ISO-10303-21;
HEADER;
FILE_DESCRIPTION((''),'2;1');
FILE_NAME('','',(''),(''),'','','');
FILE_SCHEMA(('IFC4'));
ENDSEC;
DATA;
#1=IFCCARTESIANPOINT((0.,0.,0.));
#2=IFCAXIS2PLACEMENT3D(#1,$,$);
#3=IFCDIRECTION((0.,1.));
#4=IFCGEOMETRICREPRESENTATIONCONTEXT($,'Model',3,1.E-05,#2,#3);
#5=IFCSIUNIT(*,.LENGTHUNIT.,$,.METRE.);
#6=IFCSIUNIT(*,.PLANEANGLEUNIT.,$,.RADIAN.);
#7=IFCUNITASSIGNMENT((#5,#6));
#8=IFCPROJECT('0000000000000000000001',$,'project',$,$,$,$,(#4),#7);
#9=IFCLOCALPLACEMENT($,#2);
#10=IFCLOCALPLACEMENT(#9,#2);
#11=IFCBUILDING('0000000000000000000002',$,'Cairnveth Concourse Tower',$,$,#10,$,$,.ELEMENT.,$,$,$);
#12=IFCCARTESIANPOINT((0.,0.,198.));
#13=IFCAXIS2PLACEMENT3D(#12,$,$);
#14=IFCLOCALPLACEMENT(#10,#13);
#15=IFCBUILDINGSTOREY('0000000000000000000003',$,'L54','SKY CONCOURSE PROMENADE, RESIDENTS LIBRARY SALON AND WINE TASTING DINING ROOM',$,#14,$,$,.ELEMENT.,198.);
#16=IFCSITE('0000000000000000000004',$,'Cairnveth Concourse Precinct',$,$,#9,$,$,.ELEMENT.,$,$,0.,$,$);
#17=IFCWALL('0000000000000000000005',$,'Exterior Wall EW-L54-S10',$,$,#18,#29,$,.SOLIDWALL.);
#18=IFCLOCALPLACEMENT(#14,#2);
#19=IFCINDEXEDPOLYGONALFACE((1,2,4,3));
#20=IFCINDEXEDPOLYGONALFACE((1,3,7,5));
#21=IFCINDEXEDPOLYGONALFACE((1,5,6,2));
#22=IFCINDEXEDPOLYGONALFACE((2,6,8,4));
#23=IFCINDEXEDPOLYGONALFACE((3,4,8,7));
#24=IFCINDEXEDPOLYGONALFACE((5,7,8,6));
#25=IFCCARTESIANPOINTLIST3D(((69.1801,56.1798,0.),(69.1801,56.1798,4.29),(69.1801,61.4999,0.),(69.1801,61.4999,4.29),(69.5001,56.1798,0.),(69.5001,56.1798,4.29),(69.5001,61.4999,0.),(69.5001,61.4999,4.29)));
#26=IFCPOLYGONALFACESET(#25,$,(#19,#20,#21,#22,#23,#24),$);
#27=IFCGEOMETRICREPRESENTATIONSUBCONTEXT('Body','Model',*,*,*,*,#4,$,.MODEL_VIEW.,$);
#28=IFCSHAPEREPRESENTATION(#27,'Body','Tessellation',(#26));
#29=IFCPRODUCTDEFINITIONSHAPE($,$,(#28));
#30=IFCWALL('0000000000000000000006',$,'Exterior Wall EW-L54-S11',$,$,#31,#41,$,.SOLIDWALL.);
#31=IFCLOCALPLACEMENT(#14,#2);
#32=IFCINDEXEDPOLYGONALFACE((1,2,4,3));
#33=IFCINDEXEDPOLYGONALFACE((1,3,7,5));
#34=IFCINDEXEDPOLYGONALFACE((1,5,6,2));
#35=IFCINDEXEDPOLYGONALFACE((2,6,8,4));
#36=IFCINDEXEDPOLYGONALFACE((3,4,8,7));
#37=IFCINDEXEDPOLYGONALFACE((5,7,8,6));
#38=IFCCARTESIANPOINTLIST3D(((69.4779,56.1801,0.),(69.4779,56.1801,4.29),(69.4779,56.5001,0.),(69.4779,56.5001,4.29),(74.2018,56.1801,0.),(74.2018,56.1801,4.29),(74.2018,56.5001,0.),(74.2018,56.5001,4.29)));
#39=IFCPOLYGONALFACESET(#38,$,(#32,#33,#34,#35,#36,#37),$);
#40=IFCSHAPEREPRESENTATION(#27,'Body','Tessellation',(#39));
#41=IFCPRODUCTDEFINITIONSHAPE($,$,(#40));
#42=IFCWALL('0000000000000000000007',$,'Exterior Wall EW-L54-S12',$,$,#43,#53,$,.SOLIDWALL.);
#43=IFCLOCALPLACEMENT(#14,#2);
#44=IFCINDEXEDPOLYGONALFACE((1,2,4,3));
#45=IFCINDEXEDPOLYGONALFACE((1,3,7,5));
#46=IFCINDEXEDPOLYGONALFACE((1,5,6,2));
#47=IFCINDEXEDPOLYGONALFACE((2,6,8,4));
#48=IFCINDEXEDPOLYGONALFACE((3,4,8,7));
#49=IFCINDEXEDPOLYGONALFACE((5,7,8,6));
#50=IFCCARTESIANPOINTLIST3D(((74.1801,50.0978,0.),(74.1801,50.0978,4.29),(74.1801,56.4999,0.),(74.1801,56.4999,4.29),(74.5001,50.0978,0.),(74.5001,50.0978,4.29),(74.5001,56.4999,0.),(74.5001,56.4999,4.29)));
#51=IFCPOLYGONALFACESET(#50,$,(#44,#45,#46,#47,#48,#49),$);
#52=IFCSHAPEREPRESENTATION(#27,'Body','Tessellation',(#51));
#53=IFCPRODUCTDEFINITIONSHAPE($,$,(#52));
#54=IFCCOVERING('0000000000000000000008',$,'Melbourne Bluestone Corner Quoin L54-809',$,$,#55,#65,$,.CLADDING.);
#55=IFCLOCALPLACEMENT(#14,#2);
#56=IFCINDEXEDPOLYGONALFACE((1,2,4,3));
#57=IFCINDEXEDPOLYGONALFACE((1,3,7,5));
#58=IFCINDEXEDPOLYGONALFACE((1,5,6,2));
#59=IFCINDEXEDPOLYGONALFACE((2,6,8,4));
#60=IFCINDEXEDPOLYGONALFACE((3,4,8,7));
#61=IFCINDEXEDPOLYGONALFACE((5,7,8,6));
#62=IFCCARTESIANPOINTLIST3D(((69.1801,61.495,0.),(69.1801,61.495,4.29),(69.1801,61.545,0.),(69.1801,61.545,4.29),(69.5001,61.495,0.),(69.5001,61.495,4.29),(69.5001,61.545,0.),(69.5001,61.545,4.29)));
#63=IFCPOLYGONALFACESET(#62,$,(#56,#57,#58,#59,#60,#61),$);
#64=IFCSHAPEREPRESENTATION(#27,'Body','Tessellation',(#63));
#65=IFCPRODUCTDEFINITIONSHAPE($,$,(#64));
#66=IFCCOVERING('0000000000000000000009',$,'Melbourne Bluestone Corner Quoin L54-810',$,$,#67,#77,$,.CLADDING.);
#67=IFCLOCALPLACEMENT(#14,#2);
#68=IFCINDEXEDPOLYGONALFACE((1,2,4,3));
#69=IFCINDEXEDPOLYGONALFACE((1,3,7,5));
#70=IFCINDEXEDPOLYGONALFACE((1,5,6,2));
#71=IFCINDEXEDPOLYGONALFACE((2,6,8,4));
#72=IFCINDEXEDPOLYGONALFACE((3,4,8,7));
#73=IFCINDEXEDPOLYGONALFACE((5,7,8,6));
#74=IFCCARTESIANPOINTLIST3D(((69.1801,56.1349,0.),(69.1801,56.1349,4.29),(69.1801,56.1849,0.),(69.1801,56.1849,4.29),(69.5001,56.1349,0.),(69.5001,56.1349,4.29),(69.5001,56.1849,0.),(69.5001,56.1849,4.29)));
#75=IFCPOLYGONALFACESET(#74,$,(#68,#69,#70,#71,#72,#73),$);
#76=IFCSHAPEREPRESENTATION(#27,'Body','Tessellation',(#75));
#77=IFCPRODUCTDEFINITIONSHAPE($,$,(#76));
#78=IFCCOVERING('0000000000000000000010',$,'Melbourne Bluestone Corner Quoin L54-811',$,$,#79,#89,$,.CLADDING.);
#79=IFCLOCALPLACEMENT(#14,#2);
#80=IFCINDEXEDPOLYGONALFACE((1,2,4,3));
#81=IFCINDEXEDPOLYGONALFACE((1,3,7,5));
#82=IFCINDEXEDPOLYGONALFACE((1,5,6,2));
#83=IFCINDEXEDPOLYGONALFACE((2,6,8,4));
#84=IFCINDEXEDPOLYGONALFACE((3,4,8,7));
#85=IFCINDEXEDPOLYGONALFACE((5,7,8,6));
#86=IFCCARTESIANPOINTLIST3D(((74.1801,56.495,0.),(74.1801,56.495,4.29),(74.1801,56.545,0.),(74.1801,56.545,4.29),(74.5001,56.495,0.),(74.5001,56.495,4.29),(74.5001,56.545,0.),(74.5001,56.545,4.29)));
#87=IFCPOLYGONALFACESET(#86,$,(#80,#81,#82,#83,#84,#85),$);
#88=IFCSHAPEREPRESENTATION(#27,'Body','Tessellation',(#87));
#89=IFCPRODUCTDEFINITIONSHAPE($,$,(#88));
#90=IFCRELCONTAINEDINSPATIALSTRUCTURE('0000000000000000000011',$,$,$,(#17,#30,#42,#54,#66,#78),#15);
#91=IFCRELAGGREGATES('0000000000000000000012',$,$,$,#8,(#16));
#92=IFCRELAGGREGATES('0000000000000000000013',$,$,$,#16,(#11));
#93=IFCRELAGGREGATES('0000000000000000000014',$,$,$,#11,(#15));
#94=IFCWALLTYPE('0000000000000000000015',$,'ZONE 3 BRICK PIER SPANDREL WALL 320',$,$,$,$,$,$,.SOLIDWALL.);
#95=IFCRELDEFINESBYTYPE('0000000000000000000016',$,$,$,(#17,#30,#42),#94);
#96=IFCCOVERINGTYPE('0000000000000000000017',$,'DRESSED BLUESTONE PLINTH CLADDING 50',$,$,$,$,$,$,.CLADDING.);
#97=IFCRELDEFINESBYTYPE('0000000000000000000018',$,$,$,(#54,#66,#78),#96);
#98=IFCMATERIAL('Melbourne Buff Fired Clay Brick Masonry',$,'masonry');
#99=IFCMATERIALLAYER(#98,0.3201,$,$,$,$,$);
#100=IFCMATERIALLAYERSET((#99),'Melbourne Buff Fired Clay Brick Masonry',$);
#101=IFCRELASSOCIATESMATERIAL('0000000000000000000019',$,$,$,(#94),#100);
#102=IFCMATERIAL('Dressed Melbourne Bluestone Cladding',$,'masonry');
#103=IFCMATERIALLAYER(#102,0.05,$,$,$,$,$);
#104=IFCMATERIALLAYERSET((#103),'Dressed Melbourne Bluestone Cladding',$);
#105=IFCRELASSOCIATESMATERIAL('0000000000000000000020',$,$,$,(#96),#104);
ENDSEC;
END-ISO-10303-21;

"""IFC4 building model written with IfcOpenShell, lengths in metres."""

from ifc_helpers import new_model, si_unit, direction, frame, frame_2d, origin, place, context, subcontext, project, spatial, rectangle, extrude, material, layer, layer_set, type_object, element, save


model = new_model("IFC4")

# Units and contexts
model_context = context("Model", 3, precision=1e-05, world=origin(), true_north=direction((0.0, 1.0)))
body_context = subcontext(model_context, "Body", "Model", "MODEL_VIEW")
ifc_project = project(units=[si_unit("LENGTHUNIT", "METRE"), si_unit("PLANEANGLEUNIT", "RADIAN")], contexts=[model_context])

# Site, building, storey
site_placement = place(None, origin())
site = spatial("IfcSite", under=ifc_project, at=site_placement, Name="Cairnveth Concourse Precinct", CompositionType="ELEMENT", RefElevation=0.0)
building_placement = place(site_placement, origin())
building = spatial("IfcBuilding", under=site, at=building_placement, Name="Cairnveth Concourse Tower", CompositionType="ELEMENT")
storey_placement = place(building_placement, frame((0.0, 0.0, 198.0)))
storey = spatial("IfcBuildingStorey", under=building, at=storey_placement, Name="L54", Description="SKY CONCOURSE PROMENADE, RESIDENTS LIBRARY SALON AND WINE TASTING DINING ROOM", CompositionType="ELEMENT", Elevation=198.0)

# Walls
ifc_material_1 = material(Name="Melbourne Buff Fired Clay Brick Masonry", Category="masonry")
ifc_layer_1 = layer(ifc_material_1, 0.3201)
ifc_layer_set_1 = layer_set([ifc_layer_1], Name="Melbourne Buff Fired Clay Brick Masonry")
wall_type_1 = type_object("IfcWallType", Name="ZONE 3 BRICK PIER SPANDREL WALL 320", PredefinedType="SOLIDWALL", material=ifc_layer_set_1)
wall_1_placement = place(storey_placement, frame((69.3401, 61.5, 0.0), z_axis=(0.0, 0.0, 1.0), x_axis=(0.0, -1.0, 0.0)))
element("IfcWall", 1, at=wall_1_placement, inside=storey, type_object=wall_type_1, Name="Exterior Wall EW-L54-S10", PredefinedType="SOLIDWALL", context=body_context, shape_type="SweptSolid", body=[
    extrude(rectangle(XDim=5.3201, YDim=0.3201, at=frame_2d((2.6602, 0.0))), origin(), (0.0, 0.0, 1.0), 4.29),
])
wall_2_placement = place(storey_placement, frame((69.478, 56.3401, 0.0), z_axis=(0.0, 0.0, 1.0), x_axis=(1.0, 0.0, 0.0)))
element("IfcWall", 2, at=wall_2_placement, inside=storey, type_object=wall_type_1, Name="Exterior Wall EW-L54-S11", PredefinedType="SOLIDWALL", context=body_context, shape_type="SweptSolid", body=[
    extrude(rectangle(XDim=4.7239, YDim=0.3201, at=frame_2d((2.3618, 0.0))), origin(), (0.0, 0.0, 1.0), 4.29),
])
wall_3_placement = place(storey_placement, frame((74.3401, 56.5, 0.0), z_axis=(0.0, 0.0, 1.0), x_axis=(0.0, -1.0, 0.0)))
element("IfcWall", 3, at=wall_3_placement, inside=storey, type_object=wall_type_1, Name="Exterior Wall EW-L54-S12", PredefinedType="SOLIDWALL", context=body_context, shape_type="SweptSolid", body=[
    extrude(rectangle(XDim=6.4021, YDim=0.3201, at=frame_2d((3.2012, 0.0))), origin(), (0.0, 0.0, 1.0), 4.29),
])

# Coverings
ifc_material_2 = material(Name="Dressed Melbourne Bluestone Cladding", Category="masonry")
ifc_layer_2 = layer(ifc_material_2, 0.05)
ifc_layer_set_2 = layer_set([ifc_layer_2], Name="Dressed Melbourne Bluestone Cladding")
covering_type = type_object("IfcCoveringType", Name="DRESSED BLUESTONE PLINTH CLADDING 50", PredefinedType="CLADDING", material=ifc_layer_set_2)
for number, where, z_axis, x_axis, name in (
    (4, (69.1799, 61.52, 0.0), (0.0, 0.0, 1.0), (1.0, 0.0, 0.0), "Melbourne Bluestone Corner Quoin L54-809"),
    (5, (69.1799, 56.1599, 0.0), (0.0, 0.0, 1.0), (1.0, 0.0, 0.0), "Melbourne Bluestone Corner Quoin L54-810"),
    (6, (74.1799, 56.52, 0.0), (0.0, 0.0, 1.0), (1.0, 0.0, 0.0), "Melbourne Bluestone Corner Quoin L54-811"),
):
    element("IfcCovering", number, at=place(storey_placement, frame(where, z_axis=z_axis, x_axis=x_axis)), inside=storey, type_object=covering_type, Name=name, PredefinedType="CLADDING", context=body_context, shape_type="SweptSolid", body=[
        extrude(rectangle(XDim=0.3201, YDim=0.05, at=frame_2d((0.1602, 0.0))), origin(), (0.0, 0.0, 1.0), 4.29),
    ])

save(model, "model.ifc")
